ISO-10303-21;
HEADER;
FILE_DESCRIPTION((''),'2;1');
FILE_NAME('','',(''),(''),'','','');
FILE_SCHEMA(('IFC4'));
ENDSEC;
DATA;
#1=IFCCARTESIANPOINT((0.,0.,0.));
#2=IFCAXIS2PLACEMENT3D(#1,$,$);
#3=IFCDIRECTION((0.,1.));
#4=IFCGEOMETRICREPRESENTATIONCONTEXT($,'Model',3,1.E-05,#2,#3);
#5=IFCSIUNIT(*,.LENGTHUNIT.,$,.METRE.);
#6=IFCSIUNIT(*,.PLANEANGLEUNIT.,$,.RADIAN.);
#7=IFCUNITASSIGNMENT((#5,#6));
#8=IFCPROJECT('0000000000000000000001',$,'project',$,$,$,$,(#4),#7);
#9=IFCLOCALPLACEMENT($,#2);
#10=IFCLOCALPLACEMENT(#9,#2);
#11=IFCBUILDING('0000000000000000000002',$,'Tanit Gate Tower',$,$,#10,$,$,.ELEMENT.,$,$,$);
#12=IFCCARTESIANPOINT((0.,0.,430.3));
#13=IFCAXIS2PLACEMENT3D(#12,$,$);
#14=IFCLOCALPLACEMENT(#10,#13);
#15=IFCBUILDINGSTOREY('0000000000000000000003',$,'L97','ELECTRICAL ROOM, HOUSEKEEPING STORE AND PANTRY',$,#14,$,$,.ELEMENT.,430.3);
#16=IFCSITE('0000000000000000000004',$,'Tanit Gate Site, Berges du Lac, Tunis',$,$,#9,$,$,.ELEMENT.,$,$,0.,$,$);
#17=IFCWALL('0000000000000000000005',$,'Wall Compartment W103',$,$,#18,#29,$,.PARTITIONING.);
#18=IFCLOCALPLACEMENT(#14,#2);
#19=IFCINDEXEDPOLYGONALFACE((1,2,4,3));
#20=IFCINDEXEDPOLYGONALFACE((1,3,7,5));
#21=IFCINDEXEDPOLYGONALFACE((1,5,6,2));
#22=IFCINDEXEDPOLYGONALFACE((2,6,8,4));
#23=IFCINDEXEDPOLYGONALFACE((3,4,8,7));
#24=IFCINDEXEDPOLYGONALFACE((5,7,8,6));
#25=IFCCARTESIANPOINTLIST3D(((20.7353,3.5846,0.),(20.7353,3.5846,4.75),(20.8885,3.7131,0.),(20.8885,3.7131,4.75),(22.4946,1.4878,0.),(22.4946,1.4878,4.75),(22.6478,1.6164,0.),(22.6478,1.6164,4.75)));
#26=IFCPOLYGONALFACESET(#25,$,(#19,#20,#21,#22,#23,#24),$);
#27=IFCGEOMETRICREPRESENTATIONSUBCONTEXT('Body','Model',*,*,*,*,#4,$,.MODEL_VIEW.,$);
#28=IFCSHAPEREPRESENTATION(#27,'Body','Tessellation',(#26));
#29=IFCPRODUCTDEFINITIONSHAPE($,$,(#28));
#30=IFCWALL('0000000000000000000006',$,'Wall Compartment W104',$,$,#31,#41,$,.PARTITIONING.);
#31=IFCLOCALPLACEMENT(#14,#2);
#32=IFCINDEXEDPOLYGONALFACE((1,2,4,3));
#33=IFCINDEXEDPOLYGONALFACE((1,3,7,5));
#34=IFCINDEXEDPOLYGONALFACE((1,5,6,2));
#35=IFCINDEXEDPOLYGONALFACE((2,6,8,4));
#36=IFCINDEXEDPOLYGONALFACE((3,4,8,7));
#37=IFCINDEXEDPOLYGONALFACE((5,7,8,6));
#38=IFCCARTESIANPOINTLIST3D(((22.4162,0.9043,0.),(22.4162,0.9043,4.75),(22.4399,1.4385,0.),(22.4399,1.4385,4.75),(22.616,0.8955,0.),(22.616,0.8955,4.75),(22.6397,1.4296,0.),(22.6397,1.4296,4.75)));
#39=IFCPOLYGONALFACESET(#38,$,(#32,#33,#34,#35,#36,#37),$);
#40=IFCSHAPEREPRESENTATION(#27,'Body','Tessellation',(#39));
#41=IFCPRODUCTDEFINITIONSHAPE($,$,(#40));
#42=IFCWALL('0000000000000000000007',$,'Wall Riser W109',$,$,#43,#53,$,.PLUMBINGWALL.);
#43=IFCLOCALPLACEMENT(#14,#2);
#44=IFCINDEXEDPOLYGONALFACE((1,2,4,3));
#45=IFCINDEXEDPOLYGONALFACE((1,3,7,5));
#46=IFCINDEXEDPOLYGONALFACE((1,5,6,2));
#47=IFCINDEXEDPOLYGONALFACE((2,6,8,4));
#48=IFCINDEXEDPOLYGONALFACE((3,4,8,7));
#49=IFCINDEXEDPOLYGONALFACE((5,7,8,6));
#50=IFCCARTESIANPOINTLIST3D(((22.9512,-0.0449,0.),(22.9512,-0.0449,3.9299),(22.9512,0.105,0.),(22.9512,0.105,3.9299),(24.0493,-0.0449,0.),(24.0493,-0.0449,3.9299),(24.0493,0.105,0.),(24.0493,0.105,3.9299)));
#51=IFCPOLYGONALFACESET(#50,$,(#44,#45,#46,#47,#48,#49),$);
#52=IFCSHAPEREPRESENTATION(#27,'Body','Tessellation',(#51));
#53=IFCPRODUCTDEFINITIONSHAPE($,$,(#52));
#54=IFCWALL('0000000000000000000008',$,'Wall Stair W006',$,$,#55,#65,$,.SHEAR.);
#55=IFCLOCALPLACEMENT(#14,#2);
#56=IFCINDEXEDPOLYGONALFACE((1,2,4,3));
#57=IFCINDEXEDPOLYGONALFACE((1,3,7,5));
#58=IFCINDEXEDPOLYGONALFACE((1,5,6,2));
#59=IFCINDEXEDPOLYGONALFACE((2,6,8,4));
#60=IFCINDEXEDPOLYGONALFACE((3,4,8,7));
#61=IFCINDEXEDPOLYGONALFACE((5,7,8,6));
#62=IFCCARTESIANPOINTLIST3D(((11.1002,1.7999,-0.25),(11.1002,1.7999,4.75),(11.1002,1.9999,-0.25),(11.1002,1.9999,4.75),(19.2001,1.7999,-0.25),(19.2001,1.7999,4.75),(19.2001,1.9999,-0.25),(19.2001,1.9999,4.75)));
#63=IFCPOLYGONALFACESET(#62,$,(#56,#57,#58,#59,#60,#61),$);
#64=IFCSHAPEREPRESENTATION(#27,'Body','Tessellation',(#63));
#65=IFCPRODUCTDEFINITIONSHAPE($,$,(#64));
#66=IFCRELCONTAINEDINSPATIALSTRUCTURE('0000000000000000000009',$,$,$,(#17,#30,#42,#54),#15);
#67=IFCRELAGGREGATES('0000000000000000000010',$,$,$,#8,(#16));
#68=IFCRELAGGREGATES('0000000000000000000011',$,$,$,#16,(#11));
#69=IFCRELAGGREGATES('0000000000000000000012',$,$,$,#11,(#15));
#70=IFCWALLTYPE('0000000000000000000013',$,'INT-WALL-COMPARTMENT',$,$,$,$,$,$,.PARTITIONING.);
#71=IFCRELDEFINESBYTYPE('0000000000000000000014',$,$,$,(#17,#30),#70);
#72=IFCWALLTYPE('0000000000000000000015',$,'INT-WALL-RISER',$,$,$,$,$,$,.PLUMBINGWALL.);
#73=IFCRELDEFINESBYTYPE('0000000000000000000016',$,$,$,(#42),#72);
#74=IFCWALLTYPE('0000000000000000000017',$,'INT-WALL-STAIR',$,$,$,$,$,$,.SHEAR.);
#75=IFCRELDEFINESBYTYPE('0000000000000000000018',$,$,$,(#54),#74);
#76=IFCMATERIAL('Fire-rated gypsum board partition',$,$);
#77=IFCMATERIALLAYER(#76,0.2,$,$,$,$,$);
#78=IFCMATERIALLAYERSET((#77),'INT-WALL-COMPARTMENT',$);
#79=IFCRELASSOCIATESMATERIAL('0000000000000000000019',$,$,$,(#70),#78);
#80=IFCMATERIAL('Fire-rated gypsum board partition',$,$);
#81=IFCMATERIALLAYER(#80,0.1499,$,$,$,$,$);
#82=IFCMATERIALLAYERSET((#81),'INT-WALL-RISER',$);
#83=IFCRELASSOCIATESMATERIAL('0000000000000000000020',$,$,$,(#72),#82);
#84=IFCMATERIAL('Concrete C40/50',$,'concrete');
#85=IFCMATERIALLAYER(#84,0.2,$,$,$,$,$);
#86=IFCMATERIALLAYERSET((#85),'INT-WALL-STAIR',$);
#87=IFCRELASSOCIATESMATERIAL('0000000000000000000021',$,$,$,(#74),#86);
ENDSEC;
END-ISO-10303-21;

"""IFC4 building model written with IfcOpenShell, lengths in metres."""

from ifc_helpers import new_model, si_unit, direction, frame, frame_2d, origin, place, context, subcontext, project, spatial, rectangle, extrude, material, layer, layer_set, type_object, element, save


model = new_model("IFC4")

# Units and contexts
model_context = context("Model", 3, precision=1e-05, world=origin(), true_north=direction((0.0, 1.0)))
body_context = subcontext(model_context, "Body", "Model", "MODEL_VIEW")
ifc_project = project(units=[si_unit("LENGTHUNIT", "METRE"), si_unit("PLANEANGLEUNIT", "RADIAN")], contexts=[model_context])

# Site, building, storey
site_placement = place(None, origin())
site = spatial("IfcSite", under=ifc_project, at=site_placement, Name="Tanit Gate Site, Berges du Lac, Tunis", CompositionType="ELEMENT", RefElevation=0.0)
building_placement = place(site_placement, origin())
building = spatial("IfcBuilding", under=site, at=building_placement, Name="Tanit Gate Tower", CompositionType="ELEMENT")
storey_placement = place(building_placement, frame((0.0, 0.0, 430.3)))
storey = spatial("IfcBuildingStorey", under=building, at=storey_placement, Name="L97", Description="ELECTRICAL ROOM, HOUSEKEEPING STORE AND PANTRY", CompositionType="ELEMENT", Elevation=430.3)

# Shared definitions
ifc_material_1 = material(Name="Fire-rated gypsum board partition")
ifc_layer_1 = layer(ifc_material_1, 0.2)
ifc_layer_set_1 = layer_set([ifc_layer_1], Name="INT-WALL-COMPARTMENT")
wall_type_1 = type_object("IfcWallType", Name="INT-WALL-COMPARTMENT", PredefinedType="PARTITIONING", material=ifc_layer_set_1)

# Walls
wall_1_placement = place(storey_placement, frame((22.5713, 1.552, 0.0), z_axis=(0.0, 0.0, 1.0), x_axis=(-0.642778, 0.766053, 0.0)))
element("IfcWall", 1, at=wall_1_placement, inside=storey, type_object=wall_type_1, Name="Wall Compartment W103", PredefinedType="PARTITIONING", context=body_context, shape_type="SweptSolid", body=[
    extrude(rectangle(XDim=2.7371, YDim=0.2, at=frame_2d((1.3687, 0.0))), origin(), (0.0, 0.0, 1.0), 4.75),
])
wall_2_placement = place(storey_placement, frame((22.5161, 0.8999, 0.0), z_axis=(0.0, 0.0, 1.0), x_axis=(0.044289, 0.999019, 0.0)))
element("IfcWall", 2, at=wall_2_placement, inside=storey, type_object=wall_type_1, Name="Wall Compartment W104", PredefinedType="PARTITIONING", context=body_context, shape_type="SweptSolid", body=[
    extrude(rectangle(XDim=0.5347, YDim=0.2, at=frame_2d((0.2673, 0.0))), origin(), (0.0, 0.0, 1.0), 4.75),
])
ifc_material_2 = material(Name="Fire-rated gypsum board partition")
ifc_layer_2 = layer(ifc_material_2, 0.1499)
ifc_layer_set_2 = layer_set([ifc_layer_2], Name="INT-WALL-RISER")
wall_type_2 = type_object("IfcWallType", Name="INT-WALL-RISER", PredefinedType="PLUMBINGWALL", material=ifc_layer_set_2)
wall_3_placement = place(storey_placement, frame((22.9512, 0.03, 0.0), z_axis=(0.0, 0.0, 1.0), x_axis=(1.0, 0.0, 0.0)))
element("IfcWall", 3, at=wall_3_placement, inside=storey, type_object=wall_type_2, Name="Wall Riser W109", PredefinedType="PLUMBINGWALL", context=body_context, shape_type="SweptSolid", body=[
    extrude(rectangle(XDim=1.0981, YDim=0.1499, at=frame_2d((0.5491, 0.0))), origin(), (0.0, 0.0, 1.0), 3.9299),
])
ifc_material_3 = material(Name="Concrete C40/50", Category="concrete")
ifc_layer_3 = layer(ifc_material_3, 0.2)
ifc_layer_set_3 = layer_set([ifc_layer_3], Name="INT-WALL-STAIR")
wall_type_3 = type_object("IfcWallType", Name="INT-WALL-STAIR", PredefinedType="SHEAR", material=ifc_layer_set_3)
wall_4_placement = place(storey_placement, frame((19.2, 1.8999, -0.25), z_axis=(0.0, 0.0, 1.0), x_axis=(-1.0, 0.0, 0.0)))
element("IfcWall", 4, at=wall_4_placement, inside=storey, type_object=wall_type_3, Name="Wall Stair W006", PredefinedType="SHEAR", context=body_context, shape_type="SweptSolid", body=[
    extrude(rectangle(XDim=8.0999, YDim=0.2, at=frame_2d((4.0498, 0.0))), origin(), (0.0, 0.0, 1.0), 5.0),
])

save(model, "model.ifc")
